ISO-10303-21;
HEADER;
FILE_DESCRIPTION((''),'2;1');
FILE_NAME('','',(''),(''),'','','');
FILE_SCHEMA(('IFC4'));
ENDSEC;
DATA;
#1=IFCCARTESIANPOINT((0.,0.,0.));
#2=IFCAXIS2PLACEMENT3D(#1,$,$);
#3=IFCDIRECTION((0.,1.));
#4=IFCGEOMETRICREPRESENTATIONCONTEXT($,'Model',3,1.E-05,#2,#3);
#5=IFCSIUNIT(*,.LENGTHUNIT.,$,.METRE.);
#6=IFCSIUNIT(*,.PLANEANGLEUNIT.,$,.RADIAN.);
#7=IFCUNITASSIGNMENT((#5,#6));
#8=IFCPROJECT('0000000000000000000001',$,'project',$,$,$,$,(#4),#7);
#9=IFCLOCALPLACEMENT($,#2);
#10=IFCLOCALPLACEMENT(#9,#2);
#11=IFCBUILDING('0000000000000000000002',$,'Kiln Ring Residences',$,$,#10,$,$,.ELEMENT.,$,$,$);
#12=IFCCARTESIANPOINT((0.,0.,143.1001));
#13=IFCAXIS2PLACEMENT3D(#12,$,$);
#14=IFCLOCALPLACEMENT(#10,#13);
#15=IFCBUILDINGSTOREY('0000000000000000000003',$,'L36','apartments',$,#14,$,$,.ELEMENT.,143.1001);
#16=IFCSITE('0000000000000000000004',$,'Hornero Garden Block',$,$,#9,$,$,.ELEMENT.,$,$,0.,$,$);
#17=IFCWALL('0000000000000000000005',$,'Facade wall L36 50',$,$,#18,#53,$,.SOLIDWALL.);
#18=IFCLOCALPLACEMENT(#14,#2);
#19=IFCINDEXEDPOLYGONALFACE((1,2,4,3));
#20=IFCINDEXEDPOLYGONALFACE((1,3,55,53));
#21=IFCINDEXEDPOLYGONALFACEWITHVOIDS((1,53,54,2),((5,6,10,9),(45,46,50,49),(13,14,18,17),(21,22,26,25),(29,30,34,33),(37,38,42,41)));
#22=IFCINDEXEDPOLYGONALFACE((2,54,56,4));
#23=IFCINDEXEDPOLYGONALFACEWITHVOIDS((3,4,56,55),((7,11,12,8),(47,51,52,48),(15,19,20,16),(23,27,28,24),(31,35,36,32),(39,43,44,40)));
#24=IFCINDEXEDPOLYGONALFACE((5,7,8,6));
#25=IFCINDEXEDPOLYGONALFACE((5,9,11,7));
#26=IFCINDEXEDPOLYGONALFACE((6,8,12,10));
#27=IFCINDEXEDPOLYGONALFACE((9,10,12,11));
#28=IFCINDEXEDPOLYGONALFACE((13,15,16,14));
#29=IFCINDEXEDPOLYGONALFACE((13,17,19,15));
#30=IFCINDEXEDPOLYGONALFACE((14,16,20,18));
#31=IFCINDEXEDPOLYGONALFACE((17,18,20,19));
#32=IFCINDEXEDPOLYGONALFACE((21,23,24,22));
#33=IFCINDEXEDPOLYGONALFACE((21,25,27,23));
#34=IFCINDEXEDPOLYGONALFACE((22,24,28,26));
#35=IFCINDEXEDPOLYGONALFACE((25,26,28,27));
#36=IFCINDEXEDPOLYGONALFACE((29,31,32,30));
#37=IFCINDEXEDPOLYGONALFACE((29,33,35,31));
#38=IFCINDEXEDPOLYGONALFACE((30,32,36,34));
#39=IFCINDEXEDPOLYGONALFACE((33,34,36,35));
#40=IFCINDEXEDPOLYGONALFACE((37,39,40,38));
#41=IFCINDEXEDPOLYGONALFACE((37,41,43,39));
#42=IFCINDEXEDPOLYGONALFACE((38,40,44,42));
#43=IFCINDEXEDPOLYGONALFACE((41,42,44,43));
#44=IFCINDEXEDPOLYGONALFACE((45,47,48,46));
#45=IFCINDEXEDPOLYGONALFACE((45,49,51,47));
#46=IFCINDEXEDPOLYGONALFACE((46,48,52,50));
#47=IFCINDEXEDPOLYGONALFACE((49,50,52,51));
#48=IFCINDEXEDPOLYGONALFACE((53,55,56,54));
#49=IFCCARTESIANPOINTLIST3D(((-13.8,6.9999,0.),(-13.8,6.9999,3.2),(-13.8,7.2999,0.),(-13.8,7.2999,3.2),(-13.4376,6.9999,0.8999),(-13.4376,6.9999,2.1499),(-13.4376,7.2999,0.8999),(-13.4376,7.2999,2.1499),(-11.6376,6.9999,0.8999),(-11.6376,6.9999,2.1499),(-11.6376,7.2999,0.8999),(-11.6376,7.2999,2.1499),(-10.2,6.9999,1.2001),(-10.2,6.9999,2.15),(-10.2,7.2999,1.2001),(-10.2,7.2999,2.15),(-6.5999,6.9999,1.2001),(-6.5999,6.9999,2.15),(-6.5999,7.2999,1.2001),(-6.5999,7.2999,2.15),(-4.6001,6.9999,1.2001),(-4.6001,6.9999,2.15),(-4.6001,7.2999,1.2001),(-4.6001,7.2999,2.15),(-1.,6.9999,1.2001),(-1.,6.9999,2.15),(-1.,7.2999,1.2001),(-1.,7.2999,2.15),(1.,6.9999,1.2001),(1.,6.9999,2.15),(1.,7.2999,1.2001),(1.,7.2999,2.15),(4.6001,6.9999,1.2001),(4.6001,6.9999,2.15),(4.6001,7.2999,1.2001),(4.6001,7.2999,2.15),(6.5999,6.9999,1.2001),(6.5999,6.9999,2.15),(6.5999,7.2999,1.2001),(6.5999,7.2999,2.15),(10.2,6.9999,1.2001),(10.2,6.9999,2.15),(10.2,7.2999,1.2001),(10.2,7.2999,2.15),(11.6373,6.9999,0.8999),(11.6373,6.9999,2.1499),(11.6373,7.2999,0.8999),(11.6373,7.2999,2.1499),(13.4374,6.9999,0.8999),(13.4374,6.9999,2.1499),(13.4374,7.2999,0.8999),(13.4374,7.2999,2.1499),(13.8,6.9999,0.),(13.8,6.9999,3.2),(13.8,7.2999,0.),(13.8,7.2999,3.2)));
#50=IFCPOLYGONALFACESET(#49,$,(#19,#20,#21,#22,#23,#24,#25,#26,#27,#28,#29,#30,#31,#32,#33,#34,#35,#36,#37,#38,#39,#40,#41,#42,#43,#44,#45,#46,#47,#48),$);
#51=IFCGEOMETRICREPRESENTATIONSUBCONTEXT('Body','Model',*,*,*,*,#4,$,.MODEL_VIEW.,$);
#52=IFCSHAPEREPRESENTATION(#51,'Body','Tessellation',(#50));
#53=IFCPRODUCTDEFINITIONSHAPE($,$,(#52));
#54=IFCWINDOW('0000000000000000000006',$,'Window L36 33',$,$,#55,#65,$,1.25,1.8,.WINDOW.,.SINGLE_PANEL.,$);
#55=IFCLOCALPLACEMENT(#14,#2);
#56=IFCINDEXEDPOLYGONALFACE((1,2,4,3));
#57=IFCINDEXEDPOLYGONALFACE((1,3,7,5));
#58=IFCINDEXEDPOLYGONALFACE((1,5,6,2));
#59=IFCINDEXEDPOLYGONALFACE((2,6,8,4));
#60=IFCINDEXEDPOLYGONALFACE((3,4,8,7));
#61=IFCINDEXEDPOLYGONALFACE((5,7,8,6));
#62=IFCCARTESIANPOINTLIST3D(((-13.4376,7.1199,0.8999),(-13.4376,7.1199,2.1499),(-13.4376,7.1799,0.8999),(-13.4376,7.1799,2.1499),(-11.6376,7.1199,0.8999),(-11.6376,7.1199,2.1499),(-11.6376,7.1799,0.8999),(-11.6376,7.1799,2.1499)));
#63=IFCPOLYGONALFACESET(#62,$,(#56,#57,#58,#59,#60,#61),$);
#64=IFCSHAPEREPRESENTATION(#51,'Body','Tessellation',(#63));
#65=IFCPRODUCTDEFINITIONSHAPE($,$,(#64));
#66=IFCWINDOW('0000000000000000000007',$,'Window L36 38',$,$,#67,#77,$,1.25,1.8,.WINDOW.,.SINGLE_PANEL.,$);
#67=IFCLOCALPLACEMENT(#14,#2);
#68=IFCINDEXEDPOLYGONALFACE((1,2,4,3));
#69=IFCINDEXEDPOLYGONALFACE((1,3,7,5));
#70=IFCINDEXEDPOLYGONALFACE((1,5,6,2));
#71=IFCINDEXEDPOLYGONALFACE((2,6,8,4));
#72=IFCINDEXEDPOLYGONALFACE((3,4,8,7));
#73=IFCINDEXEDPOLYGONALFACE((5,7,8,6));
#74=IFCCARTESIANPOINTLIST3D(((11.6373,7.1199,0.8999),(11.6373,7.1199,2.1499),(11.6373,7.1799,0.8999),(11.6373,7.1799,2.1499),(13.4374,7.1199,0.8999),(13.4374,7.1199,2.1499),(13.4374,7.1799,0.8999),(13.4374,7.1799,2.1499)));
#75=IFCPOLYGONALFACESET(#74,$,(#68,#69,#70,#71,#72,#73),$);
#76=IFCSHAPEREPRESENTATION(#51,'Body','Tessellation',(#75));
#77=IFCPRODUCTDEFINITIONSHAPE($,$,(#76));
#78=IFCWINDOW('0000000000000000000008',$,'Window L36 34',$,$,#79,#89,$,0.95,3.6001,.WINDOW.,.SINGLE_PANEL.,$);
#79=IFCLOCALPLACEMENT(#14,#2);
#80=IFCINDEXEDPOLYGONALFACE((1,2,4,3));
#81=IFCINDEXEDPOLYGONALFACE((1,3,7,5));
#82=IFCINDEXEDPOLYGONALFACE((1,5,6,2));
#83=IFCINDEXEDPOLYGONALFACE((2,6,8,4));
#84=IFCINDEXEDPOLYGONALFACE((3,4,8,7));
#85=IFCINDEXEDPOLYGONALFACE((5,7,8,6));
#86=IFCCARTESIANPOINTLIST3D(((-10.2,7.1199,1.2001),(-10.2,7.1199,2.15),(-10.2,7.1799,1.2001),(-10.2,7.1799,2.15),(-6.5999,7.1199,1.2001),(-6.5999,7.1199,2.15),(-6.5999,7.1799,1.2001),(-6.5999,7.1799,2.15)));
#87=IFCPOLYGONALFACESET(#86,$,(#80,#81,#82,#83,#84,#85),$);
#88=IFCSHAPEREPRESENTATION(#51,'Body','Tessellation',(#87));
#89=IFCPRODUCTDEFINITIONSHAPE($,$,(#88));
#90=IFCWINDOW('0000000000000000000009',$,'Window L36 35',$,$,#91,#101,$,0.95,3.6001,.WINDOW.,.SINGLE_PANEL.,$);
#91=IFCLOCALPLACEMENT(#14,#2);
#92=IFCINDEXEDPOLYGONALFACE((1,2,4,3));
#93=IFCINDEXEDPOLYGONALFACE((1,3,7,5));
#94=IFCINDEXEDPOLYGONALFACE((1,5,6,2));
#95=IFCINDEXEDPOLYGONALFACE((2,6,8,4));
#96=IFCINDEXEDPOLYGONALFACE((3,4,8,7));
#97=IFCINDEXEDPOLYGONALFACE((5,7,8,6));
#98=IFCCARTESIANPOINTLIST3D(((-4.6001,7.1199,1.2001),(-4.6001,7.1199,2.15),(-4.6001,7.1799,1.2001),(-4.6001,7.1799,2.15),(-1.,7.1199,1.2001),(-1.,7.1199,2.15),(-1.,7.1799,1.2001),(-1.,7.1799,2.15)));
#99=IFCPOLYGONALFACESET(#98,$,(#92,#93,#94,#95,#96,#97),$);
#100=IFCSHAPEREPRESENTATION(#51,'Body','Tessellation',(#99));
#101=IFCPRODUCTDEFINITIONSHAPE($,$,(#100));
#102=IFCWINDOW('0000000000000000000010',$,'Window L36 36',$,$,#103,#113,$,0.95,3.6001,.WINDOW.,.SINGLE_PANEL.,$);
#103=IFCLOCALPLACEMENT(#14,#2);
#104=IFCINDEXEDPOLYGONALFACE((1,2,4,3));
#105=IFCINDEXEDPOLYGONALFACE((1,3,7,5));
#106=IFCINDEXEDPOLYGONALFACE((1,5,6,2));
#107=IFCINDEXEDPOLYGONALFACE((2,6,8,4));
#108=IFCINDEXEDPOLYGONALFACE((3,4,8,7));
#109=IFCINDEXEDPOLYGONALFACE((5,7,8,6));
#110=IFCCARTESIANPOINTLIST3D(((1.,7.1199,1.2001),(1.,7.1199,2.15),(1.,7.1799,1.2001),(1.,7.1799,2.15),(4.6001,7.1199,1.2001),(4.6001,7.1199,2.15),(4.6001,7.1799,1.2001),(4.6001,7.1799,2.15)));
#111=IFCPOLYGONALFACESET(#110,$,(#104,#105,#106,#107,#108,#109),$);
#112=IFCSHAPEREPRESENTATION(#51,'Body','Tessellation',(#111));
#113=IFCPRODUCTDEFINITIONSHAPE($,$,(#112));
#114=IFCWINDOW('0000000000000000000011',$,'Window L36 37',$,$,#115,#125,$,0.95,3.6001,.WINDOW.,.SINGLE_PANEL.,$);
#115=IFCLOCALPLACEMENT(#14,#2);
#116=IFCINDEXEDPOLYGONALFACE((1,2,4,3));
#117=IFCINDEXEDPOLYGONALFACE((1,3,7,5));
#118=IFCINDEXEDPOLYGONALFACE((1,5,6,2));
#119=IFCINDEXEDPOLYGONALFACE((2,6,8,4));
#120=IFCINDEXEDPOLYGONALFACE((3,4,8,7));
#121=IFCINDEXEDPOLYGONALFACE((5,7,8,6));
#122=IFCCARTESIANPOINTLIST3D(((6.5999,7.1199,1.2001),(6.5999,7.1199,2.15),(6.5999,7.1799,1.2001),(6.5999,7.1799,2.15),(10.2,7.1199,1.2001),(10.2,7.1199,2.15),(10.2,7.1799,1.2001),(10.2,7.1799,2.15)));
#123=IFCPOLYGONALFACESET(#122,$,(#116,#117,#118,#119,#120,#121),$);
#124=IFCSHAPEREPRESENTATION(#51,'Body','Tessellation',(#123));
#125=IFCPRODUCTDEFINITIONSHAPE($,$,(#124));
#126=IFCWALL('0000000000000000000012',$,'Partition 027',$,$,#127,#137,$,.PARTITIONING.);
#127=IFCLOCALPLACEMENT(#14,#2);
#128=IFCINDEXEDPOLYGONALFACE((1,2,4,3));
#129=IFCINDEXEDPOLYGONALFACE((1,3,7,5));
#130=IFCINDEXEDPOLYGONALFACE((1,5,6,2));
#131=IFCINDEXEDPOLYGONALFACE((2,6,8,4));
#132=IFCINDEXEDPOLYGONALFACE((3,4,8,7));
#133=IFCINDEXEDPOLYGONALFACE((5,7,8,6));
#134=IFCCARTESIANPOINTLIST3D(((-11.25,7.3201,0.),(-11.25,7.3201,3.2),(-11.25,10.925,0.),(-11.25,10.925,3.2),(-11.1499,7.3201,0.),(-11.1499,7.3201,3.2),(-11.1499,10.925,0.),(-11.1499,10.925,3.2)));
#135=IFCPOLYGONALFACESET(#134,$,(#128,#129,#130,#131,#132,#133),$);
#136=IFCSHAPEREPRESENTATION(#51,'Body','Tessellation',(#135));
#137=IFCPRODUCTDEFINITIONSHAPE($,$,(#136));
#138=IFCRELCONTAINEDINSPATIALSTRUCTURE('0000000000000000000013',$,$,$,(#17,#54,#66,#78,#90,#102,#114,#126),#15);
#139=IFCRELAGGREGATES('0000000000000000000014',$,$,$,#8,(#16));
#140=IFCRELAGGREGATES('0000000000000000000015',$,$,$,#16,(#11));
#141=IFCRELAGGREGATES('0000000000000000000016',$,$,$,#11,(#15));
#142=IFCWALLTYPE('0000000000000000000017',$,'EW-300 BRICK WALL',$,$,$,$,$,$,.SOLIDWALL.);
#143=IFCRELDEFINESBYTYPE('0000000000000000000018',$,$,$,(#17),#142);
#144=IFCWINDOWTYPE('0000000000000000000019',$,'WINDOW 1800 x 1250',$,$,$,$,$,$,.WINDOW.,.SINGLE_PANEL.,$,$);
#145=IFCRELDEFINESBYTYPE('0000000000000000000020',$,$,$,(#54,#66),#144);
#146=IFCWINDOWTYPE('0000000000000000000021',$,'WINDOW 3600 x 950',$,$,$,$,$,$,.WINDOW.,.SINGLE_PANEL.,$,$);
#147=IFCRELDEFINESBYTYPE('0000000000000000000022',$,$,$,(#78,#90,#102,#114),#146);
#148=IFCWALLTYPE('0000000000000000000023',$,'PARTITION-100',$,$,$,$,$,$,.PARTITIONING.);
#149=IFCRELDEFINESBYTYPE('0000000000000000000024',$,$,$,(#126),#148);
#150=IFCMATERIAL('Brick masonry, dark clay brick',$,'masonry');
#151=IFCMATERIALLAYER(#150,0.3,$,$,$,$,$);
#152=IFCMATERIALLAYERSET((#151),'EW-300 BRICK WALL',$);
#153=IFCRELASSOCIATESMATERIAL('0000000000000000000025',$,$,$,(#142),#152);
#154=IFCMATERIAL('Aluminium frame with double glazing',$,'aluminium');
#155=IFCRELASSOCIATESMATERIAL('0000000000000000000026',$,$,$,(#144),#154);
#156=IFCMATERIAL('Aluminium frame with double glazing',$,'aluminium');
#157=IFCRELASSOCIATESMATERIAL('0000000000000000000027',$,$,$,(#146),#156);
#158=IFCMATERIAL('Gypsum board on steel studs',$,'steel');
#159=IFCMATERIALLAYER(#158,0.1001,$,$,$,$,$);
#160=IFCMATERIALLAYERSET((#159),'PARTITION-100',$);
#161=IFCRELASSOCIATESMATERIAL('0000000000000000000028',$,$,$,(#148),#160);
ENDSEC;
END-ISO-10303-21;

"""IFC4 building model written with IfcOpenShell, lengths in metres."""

from ifc_helpers import new_model, si_unit, direction, frame, frame_2d, origin, place, context, subcontext, project, spatial, rectangle, extrude, material, layer, layer_set, type_object, element, fill, save


model = new_model("IFC4")

# Units and contexts
model_context = context("Model", 3, precision=1e-05, world=origin(), true_north=direction((0.0, 1.0)))
body_context = subcontext(model_context, "Body", "Model", "MODEL_VIEW")
ifc_project = project(units=[si_unit("LENGTHUNIT", "METRE"), si_unit("PLANEANGLEUNIT", "RADIAN")], contexts=[model_context])

# Site, building, storey
site_placement = place(None, origin())
site = spatial("IfcSite", under=ifc_project, at=site_placement, Name="Hornero Garden Block", CompositionType="ELEMENT", RefElevation=0.0)
building_placement = place(site_placement, origin())
building = spatial("IfcBuilding", under=site, at=building_placement, Name="Kiln Ring Residences", CompositionType="ELEMENT")
storey_placement = place(building_placement, frame((0.0, 0.0, 143.1001)))
storey = spatial("IfcBuildingStorey", under=building, at=storey_placement, Name="L36", Description="apartments", CompositionType="ELEMENT", Elevation=143.1001)

# Wall, openings, windows
ifc_material_1 = material(Name="Brick masonry, dark clay brick", Category="masonry")
ifc_layer_1 = layer(ifc_material_1, 0.3)
ifc_layer_set_1 = layer_set([ifc_layer_1], Name="EW-300 BRICK WALL")
wall_type_1 = type_object("IfcWallType", Name="EW-300 BRICK WALL", PredefinedType="SOLIDWALL", material=ifc_layer_set_1)
wall_1_placement = place(storey_placement, frame((-13.8, 7.1499, 0.0), z_axis=(0.0, 0.0, 1.0), x_axis=(1.0, 0.0, 0.0)))
wall_1 = element("IfcWall", 1, at=wall_1_placement, inside=storey, type_object=wall_type_1, Name="Facade wall L36 50", PredefinedType="SOLIDWALL", context=body_context, shape_type="SweptSolid", body=[
    extrude(rectangle(XDim=27.6001, YDim=0.3, at=frame_2d((13.8, 0.0))), origin(), (0.0, 0.0, 1.0), 3.2),
])
opening_1_placement = place(wall_1_placement, frame((0.3625, 0.0, 0.8999)))
opening_1 = element("IfcOpeningElement", 2, at=opening_1_placement, cuts=wall_1, PredefinedType="OPENING", context=body_context, shape_type="SweptSolid", body=[
    extrude(rectangle(XDim=1.8, YDim=1.25, at=frame_2d((0.8999, 0.625))), frame((0.0, 0.1599, 0.0), z_axis=(0.0, -1.0, 0.0), x_axis=(1.0, 0.0, 0.0)), (0.0, 0.0, 1.0), 0.3201),
])
opening_2_placement = place(wall_1_placement, frame((3.6001, 0.0, 1.2)))
opening_2 = element("IfcOpeningElement", 3, at=opening_2_placement, cuts=wall_1, PredefinedType="OPENING", context=body_context, shape_type="SweptSolid", body=[
    extrude(rectangle(XDim=3.6001, YDim=0.95, at=frame_2d((1.8, 0.4751))), frame((0.0, 0.1599, 0.0), z_axis=(0.0, -1.0, 0.0), x_axis=(1.0, 0.0, 0.0)), (0.0, 0.0, 1.0), 0.3201),
])
opening_3_placement = place(wall_1_placement, frame((9.2, 0.0, 1.2)))
opening_3 = element("IfcOpeningElement", 4, at=opening_3_placement, cuts=wall_1, PredefinedType="OPENING", context=body_context, shape_type="SweptSolid", body=[
    extrude(rectangle(XDim=3.6001, YDim=0.95, at=frame_2d((1.8, 0.4751))), frame((0.0, 0.1599, 0.0), z_axis=(0.0, -1.0, 0.0), x_axis=(1.0, 0.0, 0.0)), (0.0, 0.0, 1.0), 0.3201),
])
opening_4_placement = place(wall_1_placement, frame((14.8, 0.0, 1.2)))
opening_4 = element("IfcOpeningElement", 5, at=opening_4_placement, cuts=wall_1, PredefinedType="OPENING", context=body_context, shape_type="SweptSolid", body=[
    extrude(rectangle(XDim=3.6001, YDim=0.95, at=frame_2d((1.8, 0.4751))), frame((0.0, 0.1599, 0.0), z_axis=(0.0, -1.0, 0.0), x_axis=(1.0, 0.0, 0.0)), (0.0, 0.0, 1.0), 0.3201),
])
opening_5_placement = place(wall_1_placement, frame((20.3999, 0.0, 1.2)))
opening_5 = element("IfcOpeningElement", 6, at=opening_5_placement, cuts=wall_1, PredefinedType="OPENING", context=body_context, shape_type="SweptSolid", body=[
    extrude(rectangle(XDim=3.6001, YDim=0.95, at=frame_2d((1.8, 0.4751))), frame((0.0, 0.1599, 0.0), z_axis=(0.0, -1.0, 0.0), x_axis=(1.0, 0.0, 0.0)), (0.0, 0.0, 1.0), 0.3201),
])
opening_6_placement = place(wall_1_placement, frame((25.4375, 0.0, 0.8999)))
opening_6 = element("IfcOpeningElement", 7, at=opening_6_placement, cuts=wall_1, PredefinedType="OPENING", context=body_context, shape_type="SweptSolid", body=[
    extrude(rectangle(XDim=1.8, YDim=1.25, at=frame_2d((0.8999, 0.625))), frame((0.0, 0.1599, 0.0), z_axis=(0.0, -1.0, 0.0), x_axis=(1.0, 0.0, 0.0)), (0.0, 0.0, 1.0), 0.3201),
])
ifc_material_2 = material(Name="Aluminium frame with double glazing", Category="aluminium")
window_type_1 = type_object("IfcWindowType", Name="WINDOW 1800 x 1250", PartitioningType="SINGLE_PANEL", PredefinedType="WINDOW", material=ifc_material_2)
window_1_placement = place(opening_1_placement, origin())
window_1 = element("IfcWindow", 8, at=window_1_placement, inside=storey, type_object=window_type_1, Name="Window L36 33", OverallHeight=1.25, OverallWidth=1.8, PartitioningType="SINGLE_PANEL", PredefinedType="WINDOW", context=body_context, shape_type="SweptSolid", body=[
    extrude(rectangle(XDim=1.8, YDim=1.25, at=frame_2d((0.8999, 0.625))), frame((0.0, 0.03, 0.0), z_axis=(0.0, -1.0, 0.0), x_axis=(1.0, 0.0, 0.0)), (0.0, 0.0, 1.0), 0.0601),
])
fill(opening_1, window_1)
window_2_placement = place(opening_6_placement, origin())
window_2 = element("IfcWindow", 9, at=window_2_placement, inside=storey, type_object=window_type_1, Name="Window L36 38", OverallHeight=1.25, OverallWidth=1.8, PartitioningType="SINGLE_PANEL", PredefinedType="WINDOW", context=body_context, shape_type="SweptSolid", body=[
    extrude(rectangle(XDim=1.8, YDim=1.25, at=frame_2d((0.8999, 0.625))), frame((0.0, 0.03, 0.0), z_axis=(0.0, -1.0, 0.0), x_axis=(1.0, 0.0, 0.0)), (0.0, 0.0, 1.0), 0.0601),
])
fill(opening_6, window_2)
ifc_material_3 = material(Name="Aluminium frame with double glazing", Category="aluminium")
window_type_2 = type_object("IfcWindowType", Name="WINDOW 3600 x 950", PartitioningType="SINGLE_PANEL", PredefinedType="WINDOW", material=ifc_material_3)
window_3_placement = place(opening_2_placement, origin())
window_3 = element("IfcWindow", 10, at=window_3_placement, inside=storey, type_object=window_type_2, Name="Window L36 34", OverallHeight=0.95, OverallWidth=3.6001, PartitioningType="SINGLE_PANEL", PredefinedType="WINDOW", context=body_context, shape_type="SweptSolid", body=[
    extrude(rectangle(XDim=3.6001, YDim=0.95, at=frame_2d((1.8, 0.4751))), frame((0.0, 0.03, 0.0), z_axis=(0.0, -1.0, 0.0), x_axis=(1.0, 0.0, 0.0)), (0.0, 0.0, 1.0), 0.0601),
])
fill(opening_2, window_3)
window_4_placement = place(opening_3_placement, origin())
window_4 = element("IfcWindow", 11, at=window_4_placement, inside=storey, type_object=window_type_2, Name="Window L36 35", OverallHeight=0.95, OverallWidth=3.6001, PartitioningType="SINGLE_PANEL", PredefinedType="WINDOW", context=body_context, shape_type="SweptSolid", body=[
    extrude(rectangle(XDim=3.6001, YDim=0.95, at=frame_2d((1.8, 0.4751))), frame((0.0, 0.03, 0.0), z_axis=(0.0, -1.0, 0.0), x_axis=(1.0, 0.0, 0.0)), (0.0, 0.0, 1.0), 0.0601),
])
fill(opening_3, window_4)
window_5_placement = place(opening_4_placement, origin())
window_5 = element("IfcWindow", 12, at=window_5_placement, inside=storey, type_object=window_type_2, Name="Window L36 36", OverallHeight=0.95, OverallWidth=3.6001, PartitioningType="SINGLE_PANEL", PredefinedType="WINDOW", context=body_context, shape_type="SweptSolid", body=[
    extrude(rectangle(XDim=3.6001, YDim=0.95, at=frame_2d((1.8, 0.4751))), frame((0.0, 0.03, 0.0), z_axis=(0.0, -1.0, 0.0), x_axis=(1.0, 0.0, 0.0)), (0.0, 0.0, 1.0), 0.0601),
])
fill(opening_4, window_5)
window_6_placement = place(opening_5_placement, origin())
window_6 = element("IfcWindow", 13, at=window_6_placement, inside=storey, type_object=window_type_2, Name="Window L36 37", OverallHeight=0.95, OverallWidth=3.6001, PartitioningType="SINGLE_PANEL", PredefinedType="WINDOW", context=body_context, shape_type="SweptSolid", body=[
    extrude(rectangle(XDim=3.6001, YDim=0.95, at=frame_2d((1.8, 0.4751))), frame((0.0, 0.03, 0.0), z_axis=(0.0, -1.0, 0.0), x_axis=(1.0, 0.0, 0.0)), (0.0, 0.0, 1.0), 0.0601),
])
fill(opening_5, window_6)

# Wall
ifc_material_4 = material(Name="Gypsum board on steel studs", Category="steel")
ifc_layer_2 = layer(ifc_material_4, 0.1001)
ifc_layer_set_2 = layer_set([ifc_layer_2], Name="PARTITION-100")
wall_type_2 = type_object("IfcWallType", Name="PARTITION-100", PredefinedType="PARTITIONING", material=ifc_layer_set_2)
wall_2_placement = place(storey_placement, frame((-11.2, 7.3201, 0.0), z_axis=(0.0, 0.0, 1.0), x_axis=(0.0, 1.0, 0.0)))
element("IfcWall", 14, at=wall_2_placement, inside=storey, type_object=wall_type_2, Name="Partition 027", PredefinedType="PARTITIONING", context=body_context, shape_type="SweptSolid", body=[
    extrude(rectangle(XDim=3.605, YDim=0.1001, at=frame_2d((1.8025, 0.0))), origin(), (0.0, 0.0, 1.0), 3.2),
])

save(model, "model.ifc")
